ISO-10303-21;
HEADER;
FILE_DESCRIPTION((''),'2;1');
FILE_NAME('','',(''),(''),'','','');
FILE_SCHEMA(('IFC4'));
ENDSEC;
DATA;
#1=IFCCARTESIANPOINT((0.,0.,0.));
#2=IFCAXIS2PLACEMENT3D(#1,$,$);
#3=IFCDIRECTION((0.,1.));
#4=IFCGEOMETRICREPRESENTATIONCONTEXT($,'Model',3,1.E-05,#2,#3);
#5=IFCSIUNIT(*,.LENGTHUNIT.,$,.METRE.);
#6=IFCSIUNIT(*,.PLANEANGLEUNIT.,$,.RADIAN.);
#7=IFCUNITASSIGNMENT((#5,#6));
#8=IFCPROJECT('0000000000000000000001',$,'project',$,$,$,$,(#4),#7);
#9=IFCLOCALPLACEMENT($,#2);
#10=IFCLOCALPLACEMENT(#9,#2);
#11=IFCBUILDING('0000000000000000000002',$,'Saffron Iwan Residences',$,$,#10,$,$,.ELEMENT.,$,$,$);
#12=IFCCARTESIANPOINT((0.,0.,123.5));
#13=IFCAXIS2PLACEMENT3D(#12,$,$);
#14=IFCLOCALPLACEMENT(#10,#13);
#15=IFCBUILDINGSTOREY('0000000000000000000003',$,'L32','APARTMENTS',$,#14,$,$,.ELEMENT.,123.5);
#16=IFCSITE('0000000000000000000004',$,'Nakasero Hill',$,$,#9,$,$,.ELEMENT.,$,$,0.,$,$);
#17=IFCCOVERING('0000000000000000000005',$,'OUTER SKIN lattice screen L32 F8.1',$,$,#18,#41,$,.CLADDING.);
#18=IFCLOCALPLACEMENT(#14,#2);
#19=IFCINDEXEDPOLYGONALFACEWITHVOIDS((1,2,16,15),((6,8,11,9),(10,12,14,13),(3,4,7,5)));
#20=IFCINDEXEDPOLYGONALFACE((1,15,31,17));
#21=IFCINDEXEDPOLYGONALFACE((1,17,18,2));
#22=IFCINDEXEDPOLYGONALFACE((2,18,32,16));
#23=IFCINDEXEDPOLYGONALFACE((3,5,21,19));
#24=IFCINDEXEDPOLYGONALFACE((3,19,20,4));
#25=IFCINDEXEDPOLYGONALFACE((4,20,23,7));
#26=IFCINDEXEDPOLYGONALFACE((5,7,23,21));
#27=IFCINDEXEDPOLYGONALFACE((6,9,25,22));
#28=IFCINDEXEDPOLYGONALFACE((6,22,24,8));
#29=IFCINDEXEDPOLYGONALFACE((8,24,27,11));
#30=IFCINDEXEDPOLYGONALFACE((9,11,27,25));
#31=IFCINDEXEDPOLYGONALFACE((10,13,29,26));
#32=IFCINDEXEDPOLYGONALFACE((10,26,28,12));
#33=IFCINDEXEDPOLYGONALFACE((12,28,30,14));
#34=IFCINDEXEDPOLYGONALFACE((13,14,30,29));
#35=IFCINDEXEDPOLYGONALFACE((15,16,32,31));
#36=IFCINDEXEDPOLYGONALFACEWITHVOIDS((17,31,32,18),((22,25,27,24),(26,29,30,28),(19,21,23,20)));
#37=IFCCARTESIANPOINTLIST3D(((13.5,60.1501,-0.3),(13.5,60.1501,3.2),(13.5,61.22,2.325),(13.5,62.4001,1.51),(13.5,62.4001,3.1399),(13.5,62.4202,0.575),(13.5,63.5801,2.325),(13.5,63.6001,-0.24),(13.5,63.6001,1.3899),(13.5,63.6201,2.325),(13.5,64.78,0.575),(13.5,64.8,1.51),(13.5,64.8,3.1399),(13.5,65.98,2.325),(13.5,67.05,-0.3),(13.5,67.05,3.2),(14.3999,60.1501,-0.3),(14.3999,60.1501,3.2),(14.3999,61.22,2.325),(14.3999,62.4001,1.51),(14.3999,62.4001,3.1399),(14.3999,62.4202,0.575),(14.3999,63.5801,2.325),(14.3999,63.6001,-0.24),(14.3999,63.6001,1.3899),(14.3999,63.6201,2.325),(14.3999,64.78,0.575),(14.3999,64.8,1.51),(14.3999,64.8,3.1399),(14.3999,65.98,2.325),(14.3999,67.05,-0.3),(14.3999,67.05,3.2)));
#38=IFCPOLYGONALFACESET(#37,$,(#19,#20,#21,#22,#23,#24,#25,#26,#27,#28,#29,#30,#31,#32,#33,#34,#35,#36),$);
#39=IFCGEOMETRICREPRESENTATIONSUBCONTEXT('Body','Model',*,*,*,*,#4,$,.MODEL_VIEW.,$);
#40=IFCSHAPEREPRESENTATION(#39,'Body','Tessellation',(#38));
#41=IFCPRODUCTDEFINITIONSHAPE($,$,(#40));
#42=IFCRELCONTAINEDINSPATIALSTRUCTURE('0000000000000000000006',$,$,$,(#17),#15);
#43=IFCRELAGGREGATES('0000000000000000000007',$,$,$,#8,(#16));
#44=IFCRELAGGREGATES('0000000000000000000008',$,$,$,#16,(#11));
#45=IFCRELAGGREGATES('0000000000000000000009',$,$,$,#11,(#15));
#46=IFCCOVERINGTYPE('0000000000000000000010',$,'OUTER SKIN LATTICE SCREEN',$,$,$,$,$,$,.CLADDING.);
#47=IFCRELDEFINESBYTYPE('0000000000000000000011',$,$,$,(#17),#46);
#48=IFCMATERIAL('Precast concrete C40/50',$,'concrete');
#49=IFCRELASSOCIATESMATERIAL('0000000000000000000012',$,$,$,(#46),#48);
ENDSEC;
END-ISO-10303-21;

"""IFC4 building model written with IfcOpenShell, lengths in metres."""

from ifc_helpers import new_model, si_unit, direction, frame, origin, place, context, subcontext, project, spatial, polyline, outline, extrude, material, type_object, element, save


model = new_model("IFC4")

# Units and contexts
model_context = context("Model", 3, precision=1e-05, world=origin(), true_north=direction((0.0, 1.0)))
body_context = subcontext(model_context, "Body", "Model", "MODEL_VIEW")
ifc_project = project(units=[si_unit("LENGTHUNIT", "METRE"), si_unit("PLANEANGLEUNIT", "RADIAN")], contexts=[model_context])

# Site, building, storey
site_placement = place(None, origin())
site = spatial("IfcSite", under=ifc_project, at=site_placement, Name="Nakasero Hill", CompositionType="ELEMENT", RefElevation=0.0)
building_placement = place(site_placement, origin())
building = spatial("IfcBuilding", under=site, at=building_placement, Name="Saffron Iwan Residences", CompositionType="ELEMENT")
storey_placement = place(building_placement, frame((0.0, 0.0, 123.5)))
storey = spatial("IfcBuildingStorey", under=building, at=storey_placement, Name="L32", Description="APARTMENTS", CompositionType="ELEMENT", Elevation=123.5)

# Covering
ifc_material_1 = material(Name="Precast concrete C40/50", Category="concrete")
covering_type = type_object("IfcCoveringType", Name="OUTER SKIN LATTICE SCREEN", PredefinedType="CLADDING", material=ifc_material_1)
covering_placement = place(storey_placement, frame((14.3999, 67.05, -0.3), z_axis=(-1.0, 0.0, 0.0), x_axis=(0.0, -1.0, 0.0)))
element("IfcCovering", 1, at=covering_placement, inside=storey, type_object=covering_type, Name="OUTER SKIN lattice screen L32 F8.1", PredefinedType="CLADDING", context=body_context, shape_type="SweptSolid", body=[
    extrude(outline(polyline([(0.0, 0.0), (6.8999, 0.0), (6.8999, 3.5), (0.0, 3.5), (0.0, 0.0)]), holes=[polyline([(2.27, 0.875), (3.45, 0.0601), (4.6299, 0.875), (3.45, 1.6899), (2.27, 0.875)]), polyline([(1.0701, 2.625), (2.25, 1.8101), (3.4299, 2.625), (2.25, 3.4399), (1.0701, 2.625)]), polyline([(3.47, 2.625), (4.6499, 1.8101), (5.8301, 2.625), (4.6499, 3.4399), (3.47, 2.625)])]), origin(), (0.0, 0.0, 1.0), 0.8999),
])

save(model, "model.ifc")
